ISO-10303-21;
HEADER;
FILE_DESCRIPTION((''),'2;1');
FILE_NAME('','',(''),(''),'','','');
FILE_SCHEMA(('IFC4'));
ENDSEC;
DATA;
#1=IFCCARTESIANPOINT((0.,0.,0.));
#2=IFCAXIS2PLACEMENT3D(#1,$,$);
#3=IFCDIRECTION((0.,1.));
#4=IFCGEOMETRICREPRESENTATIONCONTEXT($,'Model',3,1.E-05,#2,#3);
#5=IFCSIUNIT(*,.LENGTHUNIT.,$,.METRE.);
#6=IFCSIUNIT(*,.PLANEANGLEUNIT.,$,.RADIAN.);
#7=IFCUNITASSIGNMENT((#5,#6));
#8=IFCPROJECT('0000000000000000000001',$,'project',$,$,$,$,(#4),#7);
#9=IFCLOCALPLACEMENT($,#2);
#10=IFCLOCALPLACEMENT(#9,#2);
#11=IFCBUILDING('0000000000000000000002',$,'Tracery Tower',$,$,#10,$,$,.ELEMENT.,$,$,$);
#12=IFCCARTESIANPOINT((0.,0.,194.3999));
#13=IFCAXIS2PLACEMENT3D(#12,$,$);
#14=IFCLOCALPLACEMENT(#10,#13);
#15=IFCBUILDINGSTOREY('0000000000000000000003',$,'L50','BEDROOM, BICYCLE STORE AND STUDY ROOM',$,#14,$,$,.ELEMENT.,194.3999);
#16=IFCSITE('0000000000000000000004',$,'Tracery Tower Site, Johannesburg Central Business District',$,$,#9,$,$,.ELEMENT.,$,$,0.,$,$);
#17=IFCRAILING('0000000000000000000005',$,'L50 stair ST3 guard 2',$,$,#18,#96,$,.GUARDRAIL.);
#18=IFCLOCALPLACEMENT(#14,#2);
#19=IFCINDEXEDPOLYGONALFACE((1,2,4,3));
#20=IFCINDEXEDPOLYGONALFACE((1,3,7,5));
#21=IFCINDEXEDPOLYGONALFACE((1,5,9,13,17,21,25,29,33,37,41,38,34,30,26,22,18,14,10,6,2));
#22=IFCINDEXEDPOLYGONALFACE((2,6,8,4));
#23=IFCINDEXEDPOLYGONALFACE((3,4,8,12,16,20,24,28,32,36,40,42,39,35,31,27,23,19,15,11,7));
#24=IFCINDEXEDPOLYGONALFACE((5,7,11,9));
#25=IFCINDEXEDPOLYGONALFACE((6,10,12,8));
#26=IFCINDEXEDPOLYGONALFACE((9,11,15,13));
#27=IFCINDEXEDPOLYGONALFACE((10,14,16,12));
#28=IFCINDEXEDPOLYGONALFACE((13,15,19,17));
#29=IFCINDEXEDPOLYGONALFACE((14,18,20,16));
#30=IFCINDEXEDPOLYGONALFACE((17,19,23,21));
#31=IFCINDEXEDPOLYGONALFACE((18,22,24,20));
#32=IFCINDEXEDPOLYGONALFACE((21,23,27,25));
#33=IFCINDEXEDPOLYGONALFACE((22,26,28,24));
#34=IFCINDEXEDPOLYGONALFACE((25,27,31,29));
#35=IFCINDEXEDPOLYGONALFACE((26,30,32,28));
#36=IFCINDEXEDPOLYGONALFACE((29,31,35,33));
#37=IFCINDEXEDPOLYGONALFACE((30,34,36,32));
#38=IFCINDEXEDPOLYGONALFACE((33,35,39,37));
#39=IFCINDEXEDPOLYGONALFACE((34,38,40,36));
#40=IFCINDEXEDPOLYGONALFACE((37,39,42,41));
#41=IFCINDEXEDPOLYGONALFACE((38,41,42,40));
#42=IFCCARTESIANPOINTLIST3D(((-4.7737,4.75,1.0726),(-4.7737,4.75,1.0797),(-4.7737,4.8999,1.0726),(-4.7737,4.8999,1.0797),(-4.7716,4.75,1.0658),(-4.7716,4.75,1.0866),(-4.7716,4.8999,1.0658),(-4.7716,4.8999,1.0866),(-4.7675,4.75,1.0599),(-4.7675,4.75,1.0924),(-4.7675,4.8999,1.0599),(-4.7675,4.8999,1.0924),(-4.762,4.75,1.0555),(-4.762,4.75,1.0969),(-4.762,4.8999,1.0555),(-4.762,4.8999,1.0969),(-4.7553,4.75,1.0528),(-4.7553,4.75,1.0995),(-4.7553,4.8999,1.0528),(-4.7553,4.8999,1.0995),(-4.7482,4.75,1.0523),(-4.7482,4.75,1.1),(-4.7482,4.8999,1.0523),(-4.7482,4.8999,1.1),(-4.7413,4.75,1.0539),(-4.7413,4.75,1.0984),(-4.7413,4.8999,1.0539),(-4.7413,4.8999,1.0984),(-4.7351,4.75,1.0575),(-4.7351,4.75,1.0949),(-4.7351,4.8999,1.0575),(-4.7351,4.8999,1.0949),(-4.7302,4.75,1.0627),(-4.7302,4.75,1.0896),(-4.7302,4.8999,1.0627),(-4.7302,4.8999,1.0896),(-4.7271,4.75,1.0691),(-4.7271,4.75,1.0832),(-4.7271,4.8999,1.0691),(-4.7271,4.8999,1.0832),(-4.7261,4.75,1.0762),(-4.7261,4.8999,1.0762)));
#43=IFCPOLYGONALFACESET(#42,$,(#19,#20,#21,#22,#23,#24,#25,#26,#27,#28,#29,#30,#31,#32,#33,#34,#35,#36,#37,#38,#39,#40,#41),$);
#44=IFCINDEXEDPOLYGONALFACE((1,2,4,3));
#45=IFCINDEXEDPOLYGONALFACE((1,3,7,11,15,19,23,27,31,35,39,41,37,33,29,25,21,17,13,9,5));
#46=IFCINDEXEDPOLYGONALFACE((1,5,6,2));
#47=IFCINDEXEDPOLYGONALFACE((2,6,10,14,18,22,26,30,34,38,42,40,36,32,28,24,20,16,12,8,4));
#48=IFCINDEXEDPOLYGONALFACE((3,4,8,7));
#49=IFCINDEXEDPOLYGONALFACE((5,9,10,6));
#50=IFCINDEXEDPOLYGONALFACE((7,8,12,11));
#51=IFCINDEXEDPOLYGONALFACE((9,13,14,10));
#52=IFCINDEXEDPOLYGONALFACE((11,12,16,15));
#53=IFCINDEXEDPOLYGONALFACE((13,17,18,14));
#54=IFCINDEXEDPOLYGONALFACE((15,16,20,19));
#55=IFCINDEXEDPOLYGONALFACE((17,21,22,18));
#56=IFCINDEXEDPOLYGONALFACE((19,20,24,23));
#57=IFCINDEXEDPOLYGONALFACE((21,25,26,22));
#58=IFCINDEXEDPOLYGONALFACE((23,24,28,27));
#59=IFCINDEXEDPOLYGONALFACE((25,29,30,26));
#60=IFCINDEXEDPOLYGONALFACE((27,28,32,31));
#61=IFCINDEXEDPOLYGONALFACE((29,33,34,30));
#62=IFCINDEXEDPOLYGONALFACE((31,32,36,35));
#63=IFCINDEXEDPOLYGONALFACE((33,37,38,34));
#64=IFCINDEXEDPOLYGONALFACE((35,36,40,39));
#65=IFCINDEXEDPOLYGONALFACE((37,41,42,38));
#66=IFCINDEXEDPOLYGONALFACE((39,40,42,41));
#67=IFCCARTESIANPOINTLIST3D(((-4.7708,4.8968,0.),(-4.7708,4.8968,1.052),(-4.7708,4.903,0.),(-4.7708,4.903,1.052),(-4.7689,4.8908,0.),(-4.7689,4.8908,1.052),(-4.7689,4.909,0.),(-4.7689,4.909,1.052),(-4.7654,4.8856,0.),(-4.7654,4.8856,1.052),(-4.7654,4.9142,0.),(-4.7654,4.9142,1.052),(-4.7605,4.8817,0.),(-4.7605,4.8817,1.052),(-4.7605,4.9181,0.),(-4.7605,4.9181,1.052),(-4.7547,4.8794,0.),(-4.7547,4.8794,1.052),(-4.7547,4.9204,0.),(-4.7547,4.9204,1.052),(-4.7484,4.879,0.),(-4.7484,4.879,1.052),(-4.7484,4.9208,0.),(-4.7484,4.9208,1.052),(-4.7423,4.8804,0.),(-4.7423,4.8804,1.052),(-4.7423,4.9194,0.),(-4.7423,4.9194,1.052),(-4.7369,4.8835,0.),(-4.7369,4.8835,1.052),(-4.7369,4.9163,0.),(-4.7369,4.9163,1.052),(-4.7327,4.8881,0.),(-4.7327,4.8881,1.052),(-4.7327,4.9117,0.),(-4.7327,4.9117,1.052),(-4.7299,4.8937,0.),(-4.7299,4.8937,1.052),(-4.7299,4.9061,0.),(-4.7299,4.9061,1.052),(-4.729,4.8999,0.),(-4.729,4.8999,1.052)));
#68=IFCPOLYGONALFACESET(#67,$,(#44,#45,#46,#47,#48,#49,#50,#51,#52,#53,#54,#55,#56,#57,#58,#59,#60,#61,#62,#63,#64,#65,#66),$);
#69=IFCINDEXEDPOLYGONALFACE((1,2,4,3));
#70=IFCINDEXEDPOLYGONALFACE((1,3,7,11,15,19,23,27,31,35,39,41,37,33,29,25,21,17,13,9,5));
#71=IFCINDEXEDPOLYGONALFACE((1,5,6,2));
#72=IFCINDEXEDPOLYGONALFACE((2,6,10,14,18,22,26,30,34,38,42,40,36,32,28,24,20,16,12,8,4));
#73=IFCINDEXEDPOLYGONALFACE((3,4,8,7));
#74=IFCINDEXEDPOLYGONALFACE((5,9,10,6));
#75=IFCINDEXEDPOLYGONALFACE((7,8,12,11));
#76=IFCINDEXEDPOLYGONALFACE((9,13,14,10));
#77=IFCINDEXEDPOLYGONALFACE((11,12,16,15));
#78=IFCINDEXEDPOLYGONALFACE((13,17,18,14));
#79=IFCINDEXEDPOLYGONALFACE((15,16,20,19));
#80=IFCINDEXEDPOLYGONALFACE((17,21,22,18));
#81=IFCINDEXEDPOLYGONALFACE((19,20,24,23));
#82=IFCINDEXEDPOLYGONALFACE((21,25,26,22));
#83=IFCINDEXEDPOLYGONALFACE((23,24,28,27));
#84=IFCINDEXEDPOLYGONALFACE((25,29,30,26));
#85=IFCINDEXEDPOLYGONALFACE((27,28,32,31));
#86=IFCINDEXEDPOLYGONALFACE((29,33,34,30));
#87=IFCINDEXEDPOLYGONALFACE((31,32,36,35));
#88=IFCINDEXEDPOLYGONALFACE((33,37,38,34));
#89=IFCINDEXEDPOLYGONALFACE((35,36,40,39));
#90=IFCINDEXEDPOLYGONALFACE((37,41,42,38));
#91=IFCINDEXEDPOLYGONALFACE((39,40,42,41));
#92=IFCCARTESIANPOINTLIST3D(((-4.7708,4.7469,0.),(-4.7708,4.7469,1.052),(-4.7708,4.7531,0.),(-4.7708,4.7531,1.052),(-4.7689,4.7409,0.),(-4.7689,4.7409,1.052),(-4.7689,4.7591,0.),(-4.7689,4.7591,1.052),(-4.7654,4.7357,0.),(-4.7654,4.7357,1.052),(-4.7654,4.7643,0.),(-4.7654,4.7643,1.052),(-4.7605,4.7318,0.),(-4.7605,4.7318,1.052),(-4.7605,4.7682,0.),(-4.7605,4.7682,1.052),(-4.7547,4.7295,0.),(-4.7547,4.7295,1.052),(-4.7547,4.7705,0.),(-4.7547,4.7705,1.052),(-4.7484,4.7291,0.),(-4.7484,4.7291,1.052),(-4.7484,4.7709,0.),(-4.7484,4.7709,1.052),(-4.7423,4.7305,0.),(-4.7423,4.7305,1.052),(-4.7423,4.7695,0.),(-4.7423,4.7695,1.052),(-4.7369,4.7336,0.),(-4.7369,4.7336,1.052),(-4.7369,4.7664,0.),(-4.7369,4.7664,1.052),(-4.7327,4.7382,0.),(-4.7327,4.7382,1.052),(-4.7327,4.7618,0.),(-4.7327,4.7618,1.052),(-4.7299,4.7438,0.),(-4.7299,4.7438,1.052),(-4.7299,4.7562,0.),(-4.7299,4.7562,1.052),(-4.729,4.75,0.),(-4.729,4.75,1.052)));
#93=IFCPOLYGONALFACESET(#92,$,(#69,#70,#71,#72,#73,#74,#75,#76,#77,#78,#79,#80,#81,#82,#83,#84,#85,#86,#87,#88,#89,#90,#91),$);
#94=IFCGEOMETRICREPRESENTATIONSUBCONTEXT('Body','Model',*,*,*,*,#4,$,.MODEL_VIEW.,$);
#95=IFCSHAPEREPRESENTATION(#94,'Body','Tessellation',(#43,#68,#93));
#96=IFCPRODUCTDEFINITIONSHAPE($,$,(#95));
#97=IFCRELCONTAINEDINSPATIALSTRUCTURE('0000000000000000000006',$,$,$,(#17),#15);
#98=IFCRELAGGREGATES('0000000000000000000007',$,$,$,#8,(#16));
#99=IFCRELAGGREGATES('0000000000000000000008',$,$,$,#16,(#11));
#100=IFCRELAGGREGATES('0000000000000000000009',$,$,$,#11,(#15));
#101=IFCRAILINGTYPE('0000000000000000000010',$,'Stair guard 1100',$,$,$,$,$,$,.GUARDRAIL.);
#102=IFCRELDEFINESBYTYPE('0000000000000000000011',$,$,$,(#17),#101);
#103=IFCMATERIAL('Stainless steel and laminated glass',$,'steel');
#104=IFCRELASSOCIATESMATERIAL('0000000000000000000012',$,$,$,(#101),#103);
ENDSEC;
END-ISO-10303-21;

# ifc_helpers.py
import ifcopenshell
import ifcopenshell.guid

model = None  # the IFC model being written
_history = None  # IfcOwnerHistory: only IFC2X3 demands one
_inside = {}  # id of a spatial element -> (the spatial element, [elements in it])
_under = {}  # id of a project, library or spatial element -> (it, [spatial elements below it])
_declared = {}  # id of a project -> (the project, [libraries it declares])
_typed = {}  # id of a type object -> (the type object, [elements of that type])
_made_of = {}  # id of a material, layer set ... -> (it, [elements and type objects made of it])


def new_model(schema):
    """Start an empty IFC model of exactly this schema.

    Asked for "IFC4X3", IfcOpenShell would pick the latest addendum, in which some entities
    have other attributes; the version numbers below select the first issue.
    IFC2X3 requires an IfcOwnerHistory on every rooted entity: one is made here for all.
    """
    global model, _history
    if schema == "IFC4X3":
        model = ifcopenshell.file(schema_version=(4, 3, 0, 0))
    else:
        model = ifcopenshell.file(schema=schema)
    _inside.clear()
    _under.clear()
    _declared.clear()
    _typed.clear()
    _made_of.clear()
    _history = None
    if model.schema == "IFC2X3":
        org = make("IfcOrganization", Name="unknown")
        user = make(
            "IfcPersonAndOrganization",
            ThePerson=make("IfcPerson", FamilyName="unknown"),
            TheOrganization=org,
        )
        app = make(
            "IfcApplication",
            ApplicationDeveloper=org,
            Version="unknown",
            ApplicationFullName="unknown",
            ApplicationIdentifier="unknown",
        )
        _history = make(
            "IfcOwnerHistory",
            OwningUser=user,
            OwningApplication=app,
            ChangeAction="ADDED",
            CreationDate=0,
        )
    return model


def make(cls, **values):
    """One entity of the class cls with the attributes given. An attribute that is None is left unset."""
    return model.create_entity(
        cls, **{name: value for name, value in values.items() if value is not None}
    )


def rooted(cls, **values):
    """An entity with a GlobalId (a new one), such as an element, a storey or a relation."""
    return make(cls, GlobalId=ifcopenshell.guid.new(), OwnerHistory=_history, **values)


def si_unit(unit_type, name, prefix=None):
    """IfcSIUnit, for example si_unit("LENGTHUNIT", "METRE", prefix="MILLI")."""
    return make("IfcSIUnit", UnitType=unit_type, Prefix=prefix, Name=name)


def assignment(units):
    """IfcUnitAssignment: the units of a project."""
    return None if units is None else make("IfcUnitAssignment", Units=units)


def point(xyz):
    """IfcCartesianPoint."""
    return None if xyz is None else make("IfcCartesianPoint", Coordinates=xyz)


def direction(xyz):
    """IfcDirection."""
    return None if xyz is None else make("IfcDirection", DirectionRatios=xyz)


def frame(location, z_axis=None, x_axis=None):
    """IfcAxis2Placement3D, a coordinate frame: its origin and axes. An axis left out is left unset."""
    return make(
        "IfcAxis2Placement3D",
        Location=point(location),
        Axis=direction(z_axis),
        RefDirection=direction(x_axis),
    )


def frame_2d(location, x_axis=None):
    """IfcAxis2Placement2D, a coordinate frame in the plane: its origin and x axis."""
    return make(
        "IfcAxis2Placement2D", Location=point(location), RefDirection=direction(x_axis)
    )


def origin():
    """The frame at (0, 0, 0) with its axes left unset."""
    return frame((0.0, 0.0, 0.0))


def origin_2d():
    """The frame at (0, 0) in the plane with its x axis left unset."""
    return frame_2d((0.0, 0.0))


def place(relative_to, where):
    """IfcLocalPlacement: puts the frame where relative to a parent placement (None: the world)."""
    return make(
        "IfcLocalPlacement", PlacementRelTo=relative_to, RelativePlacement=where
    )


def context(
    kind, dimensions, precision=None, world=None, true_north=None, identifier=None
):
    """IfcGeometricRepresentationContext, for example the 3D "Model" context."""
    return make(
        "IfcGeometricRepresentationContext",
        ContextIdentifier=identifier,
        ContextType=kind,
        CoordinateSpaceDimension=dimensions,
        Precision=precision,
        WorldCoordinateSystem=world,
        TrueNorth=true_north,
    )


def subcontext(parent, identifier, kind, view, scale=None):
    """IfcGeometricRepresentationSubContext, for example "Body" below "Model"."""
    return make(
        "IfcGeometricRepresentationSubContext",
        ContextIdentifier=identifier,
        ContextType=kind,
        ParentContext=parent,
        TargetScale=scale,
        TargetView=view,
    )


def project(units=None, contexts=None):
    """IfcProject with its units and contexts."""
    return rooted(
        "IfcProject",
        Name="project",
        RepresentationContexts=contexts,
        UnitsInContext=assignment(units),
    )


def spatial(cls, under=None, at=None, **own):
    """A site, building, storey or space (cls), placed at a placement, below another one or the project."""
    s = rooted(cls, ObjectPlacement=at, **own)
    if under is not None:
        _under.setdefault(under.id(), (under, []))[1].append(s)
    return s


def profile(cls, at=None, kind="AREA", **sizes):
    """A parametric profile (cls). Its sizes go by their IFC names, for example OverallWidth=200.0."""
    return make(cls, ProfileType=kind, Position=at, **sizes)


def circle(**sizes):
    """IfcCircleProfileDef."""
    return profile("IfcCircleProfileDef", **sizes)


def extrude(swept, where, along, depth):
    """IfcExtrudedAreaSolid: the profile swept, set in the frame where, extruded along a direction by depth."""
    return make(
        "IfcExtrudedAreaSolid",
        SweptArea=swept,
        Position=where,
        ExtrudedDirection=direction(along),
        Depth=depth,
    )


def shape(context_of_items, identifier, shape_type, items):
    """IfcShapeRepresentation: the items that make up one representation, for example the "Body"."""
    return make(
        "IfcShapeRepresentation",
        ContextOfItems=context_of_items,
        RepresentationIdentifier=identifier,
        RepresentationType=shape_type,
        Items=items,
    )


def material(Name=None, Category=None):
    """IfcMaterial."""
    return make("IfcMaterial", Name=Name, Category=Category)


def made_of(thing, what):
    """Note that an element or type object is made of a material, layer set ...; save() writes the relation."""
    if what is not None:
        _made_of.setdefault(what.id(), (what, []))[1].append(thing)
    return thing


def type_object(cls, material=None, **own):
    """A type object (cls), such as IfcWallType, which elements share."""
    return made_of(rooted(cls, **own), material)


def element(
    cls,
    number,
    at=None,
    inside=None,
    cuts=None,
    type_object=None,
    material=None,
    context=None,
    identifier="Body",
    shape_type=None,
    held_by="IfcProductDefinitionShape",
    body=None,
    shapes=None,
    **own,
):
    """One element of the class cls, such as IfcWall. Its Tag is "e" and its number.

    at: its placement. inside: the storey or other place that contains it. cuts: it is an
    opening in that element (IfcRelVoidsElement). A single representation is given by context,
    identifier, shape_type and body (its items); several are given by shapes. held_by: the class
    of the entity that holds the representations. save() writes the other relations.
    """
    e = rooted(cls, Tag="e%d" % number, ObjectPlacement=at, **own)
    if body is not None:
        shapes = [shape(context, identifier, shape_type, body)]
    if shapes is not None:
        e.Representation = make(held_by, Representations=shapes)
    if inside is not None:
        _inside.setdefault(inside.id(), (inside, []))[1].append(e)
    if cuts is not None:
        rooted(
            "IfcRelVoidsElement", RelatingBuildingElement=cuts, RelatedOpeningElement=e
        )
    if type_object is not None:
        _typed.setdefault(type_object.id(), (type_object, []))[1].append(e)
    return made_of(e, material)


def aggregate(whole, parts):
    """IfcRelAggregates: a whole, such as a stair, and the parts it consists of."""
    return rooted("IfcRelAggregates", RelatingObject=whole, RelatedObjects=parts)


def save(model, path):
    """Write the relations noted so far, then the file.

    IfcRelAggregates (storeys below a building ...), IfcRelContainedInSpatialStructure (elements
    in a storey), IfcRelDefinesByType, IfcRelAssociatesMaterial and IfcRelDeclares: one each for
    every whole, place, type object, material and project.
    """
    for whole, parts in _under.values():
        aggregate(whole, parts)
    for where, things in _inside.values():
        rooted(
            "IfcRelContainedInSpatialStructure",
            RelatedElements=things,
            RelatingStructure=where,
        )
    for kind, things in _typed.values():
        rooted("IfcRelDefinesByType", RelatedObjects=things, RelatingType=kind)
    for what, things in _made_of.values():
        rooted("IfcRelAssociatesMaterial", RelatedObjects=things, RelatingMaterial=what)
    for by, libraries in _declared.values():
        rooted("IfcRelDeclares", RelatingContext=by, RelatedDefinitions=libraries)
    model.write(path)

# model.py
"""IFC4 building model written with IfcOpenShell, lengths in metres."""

from ifc_helpers import new_model, si_unit, direction, frame, origin, origin_2d, place, context, subcontext, project, spatial, circle, extrude, material, type_object, element, save


model = new_model("IFC4")

# Units and contexts
model_context = context("Model", 3, precision=1e-05, world=origin(), true_north=direction((0.0, 1.0)))
body_context = subcontext(model_context, "Body", "Model", "MODEL_VIEW")
ifc_project = project(units=[si_unit("LENGTHUNIT", "METRE"), si_unit("PLANEANGLEUNIT", "RADIAN")], contexts=[model_context])

# Site, building, storey
site_placement = place(None, origin())
site = spatial("IfcSite", under=ifc_project, at=site_placement, Name="Tracery Tower Site, Johannesburg Central Business District", CompositionType="ELEMENT", RefElevation=0.0)
building_placement = place(site_placement, origin())
building = spatial("IfcBuilding", under=site, at=building_placement, Name="Tracery Tower", CompositionType="ELEMENT")
storey_placement = place(building_placement, frame((0.0, 0.0, 194.3999)))
storey = spatial("IfcBuildingStorey", under=building, at=storey_placement, Name="L50", Description="BEDROOM, BICYCLE STORE AND STUDY ROOM", CompositionType="ELEMENT", Elevation=194.3999)

# Railing
ifc_material_1 = material(Name="Stainless steel and laminated glass", Category="steel")
railing_type_1 = type_object("IfcRailingType", Name="Stair guard 1100", PredefinedType="GUARDRAIL", material=ifc_material_1)
railing_1_placement = place(storey_placement, frame((-4.75, 4.8999, 0.0)))
element("IfcRailing", 1, at=railing_1_placement, inside=storey, type_object=railing_type_1, Name="L50 stair ST3 guard 2", PredefinedType="GUARDRAIL", context=body_context, shape_type="SweptSolid", body=[
    extrude(circle(Radius=0.0239, at=origin_2d()), frame((0.0, 0.0, 1.0762), z_axis=(0.0, -1.0, 0.0), x_axis=(1.0, 0.0, 0.0)), (0.0, 0.0, 1.0), 0.1499),
    extrude(circle(Radius=0.021, at=origin_2d()), origin(), (0.0, 0.0, 1.0), 1.052),
    extrude(circle(Radius=0.021, at=origin_2d()), frame((0.0, -0.1499, 0.0)), (0.0, 0.0, 1.0), 1.052),
])

save(model, "model.ifc")
